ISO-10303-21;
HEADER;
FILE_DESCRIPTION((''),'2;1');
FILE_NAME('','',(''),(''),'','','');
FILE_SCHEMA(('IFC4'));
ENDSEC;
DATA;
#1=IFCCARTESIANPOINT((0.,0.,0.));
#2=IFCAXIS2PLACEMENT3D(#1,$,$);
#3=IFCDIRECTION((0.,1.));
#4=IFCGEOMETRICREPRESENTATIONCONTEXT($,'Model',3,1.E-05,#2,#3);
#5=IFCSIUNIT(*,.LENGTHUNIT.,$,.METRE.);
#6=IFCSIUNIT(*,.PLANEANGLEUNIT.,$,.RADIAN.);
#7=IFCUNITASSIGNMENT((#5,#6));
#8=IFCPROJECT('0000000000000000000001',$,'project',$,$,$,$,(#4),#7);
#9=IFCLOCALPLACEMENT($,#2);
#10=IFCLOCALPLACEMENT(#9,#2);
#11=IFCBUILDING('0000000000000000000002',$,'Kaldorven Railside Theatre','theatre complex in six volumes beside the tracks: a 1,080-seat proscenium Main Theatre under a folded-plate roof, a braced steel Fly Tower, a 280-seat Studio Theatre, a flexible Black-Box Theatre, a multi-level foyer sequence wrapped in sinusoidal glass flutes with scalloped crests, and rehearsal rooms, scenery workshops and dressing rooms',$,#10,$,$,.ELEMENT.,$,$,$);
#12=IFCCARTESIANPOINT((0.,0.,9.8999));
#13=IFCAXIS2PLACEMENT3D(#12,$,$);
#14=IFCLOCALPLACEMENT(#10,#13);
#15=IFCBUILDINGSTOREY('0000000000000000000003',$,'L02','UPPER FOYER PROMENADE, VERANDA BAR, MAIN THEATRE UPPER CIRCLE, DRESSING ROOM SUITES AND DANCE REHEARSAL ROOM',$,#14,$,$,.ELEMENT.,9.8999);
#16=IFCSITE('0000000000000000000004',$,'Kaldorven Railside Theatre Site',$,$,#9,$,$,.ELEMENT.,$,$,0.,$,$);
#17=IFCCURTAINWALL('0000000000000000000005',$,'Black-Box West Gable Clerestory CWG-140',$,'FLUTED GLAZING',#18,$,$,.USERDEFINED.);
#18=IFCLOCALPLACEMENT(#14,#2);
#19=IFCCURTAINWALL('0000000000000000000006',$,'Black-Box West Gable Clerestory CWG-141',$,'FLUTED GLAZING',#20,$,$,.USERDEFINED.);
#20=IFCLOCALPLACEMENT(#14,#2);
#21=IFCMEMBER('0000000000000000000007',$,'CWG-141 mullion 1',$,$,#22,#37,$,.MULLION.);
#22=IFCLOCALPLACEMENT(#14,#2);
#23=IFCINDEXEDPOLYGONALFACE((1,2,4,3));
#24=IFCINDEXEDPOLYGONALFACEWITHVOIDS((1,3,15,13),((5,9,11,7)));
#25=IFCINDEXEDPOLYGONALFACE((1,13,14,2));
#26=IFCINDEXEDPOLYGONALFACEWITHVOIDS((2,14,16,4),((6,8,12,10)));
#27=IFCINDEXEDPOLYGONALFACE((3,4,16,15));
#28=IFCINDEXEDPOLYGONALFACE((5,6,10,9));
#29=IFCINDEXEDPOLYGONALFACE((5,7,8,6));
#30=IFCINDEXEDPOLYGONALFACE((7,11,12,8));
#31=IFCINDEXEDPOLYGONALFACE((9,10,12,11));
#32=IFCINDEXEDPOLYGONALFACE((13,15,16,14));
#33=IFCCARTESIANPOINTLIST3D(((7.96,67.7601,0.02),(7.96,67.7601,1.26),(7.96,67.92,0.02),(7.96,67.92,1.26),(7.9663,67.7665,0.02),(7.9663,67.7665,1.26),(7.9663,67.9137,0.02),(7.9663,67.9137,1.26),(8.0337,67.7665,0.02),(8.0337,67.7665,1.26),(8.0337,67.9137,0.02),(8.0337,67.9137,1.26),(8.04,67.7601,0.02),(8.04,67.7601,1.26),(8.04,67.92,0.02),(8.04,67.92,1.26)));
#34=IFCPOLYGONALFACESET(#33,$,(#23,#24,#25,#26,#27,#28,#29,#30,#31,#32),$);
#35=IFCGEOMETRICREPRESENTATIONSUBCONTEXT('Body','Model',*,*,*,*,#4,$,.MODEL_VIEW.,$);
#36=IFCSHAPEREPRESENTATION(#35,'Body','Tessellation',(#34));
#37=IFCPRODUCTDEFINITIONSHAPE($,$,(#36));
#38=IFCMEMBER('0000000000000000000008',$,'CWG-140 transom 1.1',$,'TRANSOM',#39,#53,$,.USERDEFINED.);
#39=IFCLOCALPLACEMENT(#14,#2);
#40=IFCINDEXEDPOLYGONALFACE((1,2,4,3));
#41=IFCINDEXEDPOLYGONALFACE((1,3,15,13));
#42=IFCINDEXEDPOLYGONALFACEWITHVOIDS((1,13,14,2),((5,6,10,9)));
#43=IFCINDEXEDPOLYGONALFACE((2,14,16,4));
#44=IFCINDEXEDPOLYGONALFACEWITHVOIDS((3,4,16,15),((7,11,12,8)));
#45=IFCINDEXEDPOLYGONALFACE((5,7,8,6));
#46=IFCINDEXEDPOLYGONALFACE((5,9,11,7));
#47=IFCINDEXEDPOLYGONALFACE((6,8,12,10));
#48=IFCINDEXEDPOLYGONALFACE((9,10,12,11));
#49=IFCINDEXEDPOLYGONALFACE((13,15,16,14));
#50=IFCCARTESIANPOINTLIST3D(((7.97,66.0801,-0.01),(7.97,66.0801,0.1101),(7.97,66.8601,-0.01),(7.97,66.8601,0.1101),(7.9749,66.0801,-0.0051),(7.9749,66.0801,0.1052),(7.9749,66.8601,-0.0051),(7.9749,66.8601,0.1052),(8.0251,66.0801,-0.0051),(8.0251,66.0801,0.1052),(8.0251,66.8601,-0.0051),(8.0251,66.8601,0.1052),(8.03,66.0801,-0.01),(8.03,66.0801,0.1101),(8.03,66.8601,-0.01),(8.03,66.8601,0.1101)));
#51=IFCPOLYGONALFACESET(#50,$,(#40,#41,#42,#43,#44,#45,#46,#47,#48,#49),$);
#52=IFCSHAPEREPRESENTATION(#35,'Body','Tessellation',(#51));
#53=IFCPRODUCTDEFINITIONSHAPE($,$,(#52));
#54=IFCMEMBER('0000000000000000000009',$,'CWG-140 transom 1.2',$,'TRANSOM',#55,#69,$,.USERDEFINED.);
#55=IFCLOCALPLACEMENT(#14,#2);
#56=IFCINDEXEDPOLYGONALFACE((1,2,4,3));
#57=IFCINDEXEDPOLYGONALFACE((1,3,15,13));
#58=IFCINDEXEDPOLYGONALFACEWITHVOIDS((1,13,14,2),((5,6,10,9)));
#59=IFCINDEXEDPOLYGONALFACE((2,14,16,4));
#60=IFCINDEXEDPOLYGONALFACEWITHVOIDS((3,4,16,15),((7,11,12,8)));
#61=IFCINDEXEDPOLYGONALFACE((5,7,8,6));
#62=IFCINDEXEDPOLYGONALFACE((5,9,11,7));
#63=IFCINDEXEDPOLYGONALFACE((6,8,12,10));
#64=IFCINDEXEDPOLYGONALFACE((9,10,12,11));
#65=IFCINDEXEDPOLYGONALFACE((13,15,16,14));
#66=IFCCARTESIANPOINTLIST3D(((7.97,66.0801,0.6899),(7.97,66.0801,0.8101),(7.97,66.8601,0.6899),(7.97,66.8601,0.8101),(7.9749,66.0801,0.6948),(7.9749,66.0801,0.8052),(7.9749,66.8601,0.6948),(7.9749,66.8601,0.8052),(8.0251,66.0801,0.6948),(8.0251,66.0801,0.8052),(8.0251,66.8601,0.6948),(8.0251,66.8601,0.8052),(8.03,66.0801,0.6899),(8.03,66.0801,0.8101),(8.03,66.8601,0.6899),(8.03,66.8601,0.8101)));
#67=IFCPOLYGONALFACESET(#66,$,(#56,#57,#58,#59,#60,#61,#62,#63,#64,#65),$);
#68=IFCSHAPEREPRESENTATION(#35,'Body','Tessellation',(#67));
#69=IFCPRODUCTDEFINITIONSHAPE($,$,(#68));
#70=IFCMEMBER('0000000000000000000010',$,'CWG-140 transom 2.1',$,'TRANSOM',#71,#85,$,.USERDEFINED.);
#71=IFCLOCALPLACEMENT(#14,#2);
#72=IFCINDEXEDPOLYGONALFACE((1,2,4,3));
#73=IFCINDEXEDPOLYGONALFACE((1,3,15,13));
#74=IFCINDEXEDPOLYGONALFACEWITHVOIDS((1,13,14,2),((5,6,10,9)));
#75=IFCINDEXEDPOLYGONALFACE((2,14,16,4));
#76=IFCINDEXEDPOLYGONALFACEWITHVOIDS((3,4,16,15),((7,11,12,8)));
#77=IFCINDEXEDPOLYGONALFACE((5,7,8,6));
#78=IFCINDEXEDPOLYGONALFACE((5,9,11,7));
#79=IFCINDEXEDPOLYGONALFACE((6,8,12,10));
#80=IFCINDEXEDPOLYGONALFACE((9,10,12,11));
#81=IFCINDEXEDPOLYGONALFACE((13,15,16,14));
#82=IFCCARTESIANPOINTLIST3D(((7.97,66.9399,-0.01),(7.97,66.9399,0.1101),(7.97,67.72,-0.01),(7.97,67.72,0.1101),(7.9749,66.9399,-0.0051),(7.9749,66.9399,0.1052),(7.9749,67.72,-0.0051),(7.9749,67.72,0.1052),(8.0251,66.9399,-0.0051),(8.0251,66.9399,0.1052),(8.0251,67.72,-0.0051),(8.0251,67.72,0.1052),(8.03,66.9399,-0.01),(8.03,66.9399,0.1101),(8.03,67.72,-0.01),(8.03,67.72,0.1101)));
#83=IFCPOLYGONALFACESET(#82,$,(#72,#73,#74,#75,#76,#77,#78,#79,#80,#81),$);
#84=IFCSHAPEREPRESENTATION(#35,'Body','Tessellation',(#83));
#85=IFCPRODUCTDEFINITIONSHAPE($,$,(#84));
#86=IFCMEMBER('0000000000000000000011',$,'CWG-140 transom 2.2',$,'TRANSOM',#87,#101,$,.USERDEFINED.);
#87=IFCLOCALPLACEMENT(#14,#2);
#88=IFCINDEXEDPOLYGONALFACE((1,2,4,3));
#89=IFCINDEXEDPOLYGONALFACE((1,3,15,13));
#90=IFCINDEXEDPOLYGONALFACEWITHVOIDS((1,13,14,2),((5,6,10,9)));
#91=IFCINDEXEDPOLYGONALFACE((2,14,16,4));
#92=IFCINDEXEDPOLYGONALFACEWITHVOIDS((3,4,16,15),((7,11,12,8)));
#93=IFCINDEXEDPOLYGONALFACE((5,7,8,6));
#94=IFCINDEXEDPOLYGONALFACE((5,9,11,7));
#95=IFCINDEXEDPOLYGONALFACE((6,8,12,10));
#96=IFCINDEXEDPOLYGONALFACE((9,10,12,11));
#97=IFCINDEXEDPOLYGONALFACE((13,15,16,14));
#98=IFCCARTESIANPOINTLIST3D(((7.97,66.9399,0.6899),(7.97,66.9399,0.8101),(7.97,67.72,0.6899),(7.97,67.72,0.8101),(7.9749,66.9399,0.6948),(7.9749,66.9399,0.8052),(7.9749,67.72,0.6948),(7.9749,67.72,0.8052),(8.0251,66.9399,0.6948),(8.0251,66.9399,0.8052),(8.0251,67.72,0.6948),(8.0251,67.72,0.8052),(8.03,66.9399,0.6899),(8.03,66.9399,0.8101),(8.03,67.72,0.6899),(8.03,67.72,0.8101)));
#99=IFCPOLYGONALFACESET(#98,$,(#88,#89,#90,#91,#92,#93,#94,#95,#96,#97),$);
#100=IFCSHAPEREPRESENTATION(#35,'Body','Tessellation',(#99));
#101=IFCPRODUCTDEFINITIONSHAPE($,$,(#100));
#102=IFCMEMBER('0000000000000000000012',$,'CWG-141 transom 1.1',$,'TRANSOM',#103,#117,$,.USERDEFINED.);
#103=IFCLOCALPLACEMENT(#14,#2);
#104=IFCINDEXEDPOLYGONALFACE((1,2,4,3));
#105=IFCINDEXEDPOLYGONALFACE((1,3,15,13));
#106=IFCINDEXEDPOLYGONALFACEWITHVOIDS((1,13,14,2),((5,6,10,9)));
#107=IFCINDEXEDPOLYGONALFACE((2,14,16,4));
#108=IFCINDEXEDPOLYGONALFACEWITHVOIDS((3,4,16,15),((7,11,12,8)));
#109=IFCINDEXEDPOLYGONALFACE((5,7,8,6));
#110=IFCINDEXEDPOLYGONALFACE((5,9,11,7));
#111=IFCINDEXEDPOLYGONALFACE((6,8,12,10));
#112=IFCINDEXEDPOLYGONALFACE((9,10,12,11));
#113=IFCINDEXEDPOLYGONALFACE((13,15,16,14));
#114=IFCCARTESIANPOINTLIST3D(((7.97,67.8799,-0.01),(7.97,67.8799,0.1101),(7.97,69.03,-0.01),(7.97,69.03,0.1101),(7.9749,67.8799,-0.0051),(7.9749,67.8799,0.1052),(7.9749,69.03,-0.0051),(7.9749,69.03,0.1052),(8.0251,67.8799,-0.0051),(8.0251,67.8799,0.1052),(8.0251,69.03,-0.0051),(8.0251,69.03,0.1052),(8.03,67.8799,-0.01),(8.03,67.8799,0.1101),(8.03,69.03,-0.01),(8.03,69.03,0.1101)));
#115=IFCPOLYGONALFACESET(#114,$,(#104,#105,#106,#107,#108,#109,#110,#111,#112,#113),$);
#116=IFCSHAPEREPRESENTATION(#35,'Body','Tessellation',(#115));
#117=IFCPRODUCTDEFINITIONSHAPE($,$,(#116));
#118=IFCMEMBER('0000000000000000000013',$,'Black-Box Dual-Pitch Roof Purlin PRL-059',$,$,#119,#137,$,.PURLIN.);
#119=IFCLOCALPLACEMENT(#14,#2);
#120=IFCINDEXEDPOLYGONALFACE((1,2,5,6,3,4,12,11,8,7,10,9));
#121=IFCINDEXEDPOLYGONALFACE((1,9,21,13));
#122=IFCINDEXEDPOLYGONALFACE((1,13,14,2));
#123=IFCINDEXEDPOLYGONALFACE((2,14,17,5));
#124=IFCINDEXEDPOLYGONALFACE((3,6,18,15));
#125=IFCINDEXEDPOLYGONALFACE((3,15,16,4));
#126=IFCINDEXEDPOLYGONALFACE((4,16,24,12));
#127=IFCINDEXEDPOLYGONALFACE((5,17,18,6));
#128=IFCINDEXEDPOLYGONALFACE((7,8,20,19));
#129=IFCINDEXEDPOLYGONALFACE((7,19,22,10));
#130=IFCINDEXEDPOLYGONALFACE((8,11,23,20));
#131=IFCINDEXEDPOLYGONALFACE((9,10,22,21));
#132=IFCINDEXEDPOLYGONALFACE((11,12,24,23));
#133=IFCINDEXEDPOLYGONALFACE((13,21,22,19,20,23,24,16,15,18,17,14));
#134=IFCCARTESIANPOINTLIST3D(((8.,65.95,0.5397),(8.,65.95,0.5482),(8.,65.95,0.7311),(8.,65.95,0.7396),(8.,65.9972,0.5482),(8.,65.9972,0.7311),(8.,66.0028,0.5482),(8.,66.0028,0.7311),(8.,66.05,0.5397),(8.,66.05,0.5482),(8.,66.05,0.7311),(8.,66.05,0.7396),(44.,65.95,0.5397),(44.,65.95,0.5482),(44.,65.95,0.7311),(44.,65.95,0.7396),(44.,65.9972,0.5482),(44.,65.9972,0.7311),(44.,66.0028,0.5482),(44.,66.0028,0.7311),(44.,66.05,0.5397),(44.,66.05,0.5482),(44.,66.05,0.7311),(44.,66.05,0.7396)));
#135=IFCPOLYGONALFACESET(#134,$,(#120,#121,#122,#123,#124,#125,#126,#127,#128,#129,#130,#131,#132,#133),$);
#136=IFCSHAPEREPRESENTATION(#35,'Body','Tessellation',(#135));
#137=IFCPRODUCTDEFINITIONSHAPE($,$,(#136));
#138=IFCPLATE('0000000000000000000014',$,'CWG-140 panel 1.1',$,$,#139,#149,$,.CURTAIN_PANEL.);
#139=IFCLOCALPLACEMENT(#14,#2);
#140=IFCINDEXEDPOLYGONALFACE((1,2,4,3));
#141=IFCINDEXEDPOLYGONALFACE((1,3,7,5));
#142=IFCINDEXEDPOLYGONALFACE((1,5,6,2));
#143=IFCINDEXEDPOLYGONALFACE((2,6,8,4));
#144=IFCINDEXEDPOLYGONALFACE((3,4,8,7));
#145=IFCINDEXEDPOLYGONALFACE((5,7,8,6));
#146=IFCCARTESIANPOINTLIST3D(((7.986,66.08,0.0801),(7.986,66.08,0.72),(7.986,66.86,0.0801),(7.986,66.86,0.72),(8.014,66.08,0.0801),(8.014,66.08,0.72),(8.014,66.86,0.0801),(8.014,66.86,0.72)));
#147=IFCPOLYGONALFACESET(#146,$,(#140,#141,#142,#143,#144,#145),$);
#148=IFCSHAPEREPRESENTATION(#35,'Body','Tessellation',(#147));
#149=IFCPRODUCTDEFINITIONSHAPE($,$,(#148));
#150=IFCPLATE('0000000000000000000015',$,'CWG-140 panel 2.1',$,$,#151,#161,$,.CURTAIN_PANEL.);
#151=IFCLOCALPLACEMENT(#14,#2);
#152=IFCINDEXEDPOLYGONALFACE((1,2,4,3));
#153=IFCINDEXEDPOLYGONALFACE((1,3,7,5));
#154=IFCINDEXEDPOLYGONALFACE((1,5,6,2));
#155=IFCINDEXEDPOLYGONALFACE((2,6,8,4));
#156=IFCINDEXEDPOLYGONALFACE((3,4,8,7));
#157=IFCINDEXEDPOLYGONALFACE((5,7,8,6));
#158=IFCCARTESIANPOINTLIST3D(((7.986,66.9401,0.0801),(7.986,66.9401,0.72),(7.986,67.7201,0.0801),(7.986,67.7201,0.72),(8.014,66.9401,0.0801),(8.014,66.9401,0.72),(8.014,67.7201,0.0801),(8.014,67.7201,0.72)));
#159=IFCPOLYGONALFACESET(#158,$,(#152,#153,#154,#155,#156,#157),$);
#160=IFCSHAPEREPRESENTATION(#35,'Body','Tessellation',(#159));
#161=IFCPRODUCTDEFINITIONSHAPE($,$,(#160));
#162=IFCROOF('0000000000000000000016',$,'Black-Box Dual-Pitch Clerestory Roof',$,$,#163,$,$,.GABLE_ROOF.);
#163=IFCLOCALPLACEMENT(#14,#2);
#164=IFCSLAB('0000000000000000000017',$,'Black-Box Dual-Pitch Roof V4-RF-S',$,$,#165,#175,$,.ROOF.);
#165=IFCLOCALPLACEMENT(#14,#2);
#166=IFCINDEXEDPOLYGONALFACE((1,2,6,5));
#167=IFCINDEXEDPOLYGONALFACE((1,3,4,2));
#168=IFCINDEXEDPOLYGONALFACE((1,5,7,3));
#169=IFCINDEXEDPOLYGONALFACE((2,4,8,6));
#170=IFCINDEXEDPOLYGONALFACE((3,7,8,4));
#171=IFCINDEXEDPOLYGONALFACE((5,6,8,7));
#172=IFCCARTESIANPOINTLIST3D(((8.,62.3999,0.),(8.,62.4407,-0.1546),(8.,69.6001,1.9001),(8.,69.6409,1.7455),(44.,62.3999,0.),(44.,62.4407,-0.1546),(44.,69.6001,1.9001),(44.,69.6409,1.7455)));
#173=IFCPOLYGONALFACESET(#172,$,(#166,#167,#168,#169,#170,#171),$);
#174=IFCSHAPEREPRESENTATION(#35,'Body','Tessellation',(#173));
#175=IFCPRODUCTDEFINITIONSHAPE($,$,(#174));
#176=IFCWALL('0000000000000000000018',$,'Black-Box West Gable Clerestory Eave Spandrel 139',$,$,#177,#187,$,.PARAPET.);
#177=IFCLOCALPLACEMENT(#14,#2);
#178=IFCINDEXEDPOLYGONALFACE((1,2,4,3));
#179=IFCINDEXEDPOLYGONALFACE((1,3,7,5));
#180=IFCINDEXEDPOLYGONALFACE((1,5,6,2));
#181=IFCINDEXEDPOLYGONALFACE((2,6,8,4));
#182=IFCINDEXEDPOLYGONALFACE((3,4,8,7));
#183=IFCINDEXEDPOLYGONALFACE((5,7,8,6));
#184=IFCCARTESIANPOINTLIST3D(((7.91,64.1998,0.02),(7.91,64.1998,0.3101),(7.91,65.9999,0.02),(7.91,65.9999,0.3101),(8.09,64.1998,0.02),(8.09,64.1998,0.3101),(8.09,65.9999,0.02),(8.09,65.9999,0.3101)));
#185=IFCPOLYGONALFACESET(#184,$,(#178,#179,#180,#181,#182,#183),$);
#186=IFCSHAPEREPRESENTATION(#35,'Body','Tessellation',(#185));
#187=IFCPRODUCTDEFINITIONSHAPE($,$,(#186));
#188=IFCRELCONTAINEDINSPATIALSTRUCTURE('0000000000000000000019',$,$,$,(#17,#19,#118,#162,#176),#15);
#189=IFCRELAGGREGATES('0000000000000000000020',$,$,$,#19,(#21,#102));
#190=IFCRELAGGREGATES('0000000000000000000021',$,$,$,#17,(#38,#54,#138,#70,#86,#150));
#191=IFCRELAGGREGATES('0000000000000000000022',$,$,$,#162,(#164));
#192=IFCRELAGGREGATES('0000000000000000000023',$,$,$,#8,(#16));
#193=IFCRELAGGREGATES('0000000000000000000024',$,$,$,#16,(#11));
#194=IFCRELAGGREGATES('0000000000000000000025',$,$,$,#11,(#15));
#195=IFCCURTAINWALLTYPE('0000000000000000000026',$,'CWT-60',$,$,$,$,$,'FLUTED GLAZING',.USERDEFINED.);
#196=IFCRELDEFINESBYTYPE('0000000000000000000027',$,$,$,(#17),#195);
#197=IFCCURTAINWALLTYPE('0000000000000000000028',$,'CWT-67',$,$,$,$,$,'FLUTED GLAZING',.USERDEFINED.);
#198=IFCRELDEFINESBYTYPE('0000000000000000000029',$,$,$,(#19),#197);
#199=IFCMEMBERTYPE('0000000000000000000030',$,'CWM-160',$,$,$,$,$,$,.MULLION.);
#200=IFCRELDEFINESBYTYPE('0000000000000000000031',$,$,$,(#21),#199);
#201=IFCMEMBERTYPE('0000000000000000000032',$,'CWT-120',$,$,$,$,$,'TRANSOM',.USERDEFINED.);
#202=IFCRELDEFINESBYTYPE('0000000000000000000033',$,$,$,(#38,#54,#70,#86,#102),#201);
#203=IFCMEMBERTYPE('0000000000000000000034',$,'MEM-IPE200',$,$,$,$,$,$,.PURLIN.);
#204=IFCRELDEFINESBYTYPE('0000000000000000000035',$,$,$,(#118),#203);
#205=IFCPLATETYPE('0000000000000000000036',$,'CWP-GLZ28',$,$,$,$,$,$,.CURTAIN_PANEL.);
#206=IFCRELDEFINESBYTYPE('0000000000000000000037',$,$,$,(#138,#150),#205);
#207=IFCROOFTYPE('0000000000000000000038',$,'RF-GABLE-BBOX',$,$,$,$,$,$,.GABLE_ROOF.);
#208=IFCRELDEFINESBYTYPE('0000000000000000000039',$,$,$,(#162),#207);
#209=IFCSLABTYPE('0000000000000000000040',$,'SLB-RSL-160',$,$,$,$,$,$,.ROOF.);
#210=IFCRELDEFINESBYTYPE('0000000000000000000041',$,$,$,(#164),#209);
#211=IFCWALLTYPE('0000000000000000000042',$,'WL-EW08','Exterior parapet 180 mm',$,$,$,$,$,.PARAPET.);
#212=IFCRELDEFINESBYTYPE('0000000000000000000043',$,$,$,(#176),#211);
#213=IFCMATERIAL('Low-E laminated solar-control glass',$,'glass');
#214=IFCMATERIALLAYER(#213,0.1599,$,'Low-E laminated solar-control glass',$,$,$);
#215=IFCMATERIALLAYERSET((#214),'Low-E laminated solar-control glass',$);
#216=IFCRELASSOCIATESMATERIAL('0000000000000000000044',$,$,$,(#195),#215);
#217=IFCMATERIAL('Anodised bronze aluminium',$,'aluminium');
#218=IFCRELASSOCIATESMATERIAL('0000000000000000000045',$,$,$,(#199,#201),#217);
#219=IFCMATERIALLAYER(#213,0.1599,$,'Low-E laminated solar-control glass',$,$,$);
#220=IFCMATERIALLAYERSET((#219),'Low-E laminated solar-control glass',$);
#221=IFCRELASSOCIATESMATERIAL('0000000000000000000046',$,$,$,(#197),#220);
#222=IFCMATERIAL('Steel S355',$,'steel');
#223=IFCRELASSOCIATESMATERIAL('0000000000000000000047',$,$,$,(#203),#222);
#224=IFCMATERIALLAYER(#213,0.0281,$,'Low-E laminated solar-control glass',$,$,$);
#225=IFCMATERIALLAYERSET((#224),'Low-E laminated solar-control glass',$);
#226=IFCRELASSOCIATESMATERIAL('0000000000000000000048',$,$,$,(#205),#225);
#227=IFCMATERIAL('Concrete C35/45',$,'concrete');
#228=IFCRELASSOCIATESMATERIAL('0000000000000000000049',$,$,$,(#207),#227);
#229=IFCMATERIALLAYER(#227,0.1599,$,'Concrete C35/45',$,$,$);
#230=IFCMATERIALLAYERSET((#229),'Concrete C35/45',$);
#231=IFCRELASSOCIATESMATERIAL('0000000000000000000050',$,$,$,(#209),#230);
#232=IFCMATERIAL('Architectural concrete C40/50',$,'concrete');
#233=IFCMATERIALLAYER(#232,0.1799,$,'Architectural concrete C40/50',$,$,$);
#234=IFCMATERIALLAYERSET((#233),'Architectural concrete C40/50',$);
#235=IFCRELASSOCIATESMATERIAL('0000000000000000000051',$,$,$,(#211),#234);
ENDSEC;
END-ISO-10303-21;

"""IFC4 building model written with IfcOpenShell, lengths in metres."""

from ifc_helpers import new_model, si_unit, direction, frame, frame_2d, origin, origin_2d, place, context, subcontext, project, spatial, polyline, rectangle, hollow_rectangle, i_section, outline, extrude, material, layer, layer_set, material_profile, profile_set, type_object, element, aggregate, save


model = new_model("IFC4")

# Units and contexts
model_context = context("Model", 3, precision=1e-05, world=origin(), true_north=direction((0.0, 1.0)))
body_context = subcontext(model_context, "Body", "Model", "MODEL_VIEW")
ifc_project = project(units=[si_unit("LENGTHUNIT", "METRE"), si_unit("PLANEANGLEUNIT", "RADIAN")], contexts=[model_context])

# Site, building, storey
site_placement = place(None, origin())
site = spatial("IfcSite", under=ifc_project, at=site_placement, Name="Kaldorven Railside Theatre Site", CompositionType="ELEMENT", RefElevation=0.0)
building_placement = place(site_placement, origin())
building = spatial("IfcBuilding", under=site, at=building_placement, Name="Kaldorven Railside Theatre", Description="theatre complex in six volumes beside the tracks: a 1,080-seat proscenium Main Theatre under a folded-plate roof, a braced steel Fly Tower, a 280-seat Studio Theatre, a flexible Black-Box Theatre, a multi-level foyer sequence wrapped in sinusoidal glass flutes with scalloped crests, and rehearsal rooms, scenery workshops and dressing rooms", CompositionType="ELEMENT")
storey_placement = place(building_placement, frame((0.0, 0.0, 9.8999)))
storey = spatial("IfcBuildingStorey", under=building, at=storey_placement, Name="L02", Description="UPPER FOYER PROMENADE, VERANDA BAR, MAIN THEATRE UPPER CIRCLE, DRESSING ROOM SUITES AND DANCE REHEARSAL ROOM", CompositionType="ELEMENT", Elevation=9.8999)

# Shared definitions
ifc_material_1 = material(Name="Steel S355", Category="steel")

# Curtain wall
ifc_material_2 = material(Name="Low-E laminated solar-control glass", Category="glass")
ifc_layer_1 = layer(ifc_material_2, 0.1599, Name="Low-E laminated solar-control glass")
ifc_layer_set_1 = layer_set([ifc_layer_1], Name="Low-E laminated solar-control glass")
curtain_wall_type_1 = type_object("IfcCurtainWallType", Name="CWT-60", ElementType="FLUTED GLAZING", PredefinedType="USERDEFINED", material=ifc_layer_set_1)
curtain_wall_1_placement = place(storey_placement, origin())
curtain_wall_1 = element("IfcCurtainWall", 1, at=curtain_wall_1_placement, inside=storey, type_object=curtain_wall_type_1, Name="Black-Box West Gable Clerestory CWG-140", ObjectType="FLUTED GLAZING", PredefinedType="USERDEFINED")
ifc_material_3 = material(Name="Anodised bronze aluminium", Category="aluminium")
ifc_material_profile_1 = material_profile(ifc_material_3, hollow_rectangle(XDim=0.0801, YDim=0.1599, WallThickness=0.0063, at=origin_2d()), Name="RHS 160x80x6.3")
ifc_profile_set_1 = profile_set([ifc_material_profile_1], Name="Anodised bronze aluminium")
member_type_1 = type_object("IfcMemberType", Name="CWM-160", PredefinedType="MULLION", material=ifc_profile_set_1)

# Curtain wall, member
ifc_layer_2 = layer(ifc_material_2, 0.1599, Name="Low-E laminated solar-control glass")
ifc_layer_set_2 = layer_set([ifc_layer_2], Name="Low-E laminated solar-control glass")
curtain_wall_type_2 = type_object("IfcCurtainWallType", Name="CWT-67", ElementType="FLUTED GLAZING", PredefinedType="USERDEFINED", material=ifc_layer_set_2)
curtain_wall_2_placement = place(storey_placement, origin())
curtain_wall_2 = element("IfcCurtainWall", 2, at=curtain_wall_2_placement, inside=storey, type_object=curtain_wall_type_2, Name="Black-Box West Gable Clerestory CWG-141", ObjectType="FLUTED GLAZING", PredefinedType="USERDEFINED")
member_1_placement = place(storey_placement, frame((8.0, 67.8401, 0.02), z_axis=(0.0, 0.0, 1.0), x_axis=(-1.0, 0.0, 0.0)))
member_1 = element("IfcMember", 3, at=member_1_placement, type_object=member_type_1, Name="CWG-141 mullion 1", PredefinedType="MULLION", context=body_context, shape_type="SweptSolid", body=[
    extrude(hollow_rectangle(XDim=0.0801, YDim=0.1599, WallThickness=0.0063, at=origin_2d()), origin(), (0.0, 0.0, 1.0), 1.24),
])

# Members
ifc_material_profile_2 = material_profile(ifc_material_3, hollow_rectangle(XDim=0.0601, YDim=0.1201, WallThickness=0.0049, at=origin_2d()), Name="RHS 120x60x5")
ifc_profile_set_2 = profile_set([ifc_material_profile_2], Name="Anodised bronze aluminium")
member_type_2 = type_object("IfcMemberType", Name="CWT-120", ElementType="TRANSOM", PredefinedType="USERDEFINED", material=ifc_profile_set_2)
member_2_placement = place(storey_placement, frame((8.0, 66.0801, 0.05), z_axis=(0.0, 1.0, 0.0), x_axis=(-1.0, 0.0, 0.0)))
member_2 = element("IfcMember", 4, at=member_2_placement, type_object=member_type_2, Name="CWG-140 transom 1.1", ObjectType="TRANSOM", PredefinedType="USERDEFINED", context=body_context, shape_type="SweptSolid", body=[
    extrude(hollow_rectangle(XDim=0.0601, YDim=0.1201, WallThickness=0.0049, at=origin_2d()), origin(), (0.0, 0.0, 1.0), 0.78),
])
member_3_placement = place(storey_placement, frame((8.0, 66.0801, 0.75), z_axis=(0.0, 1.0, 0.0), x_axis=(-1.0, 0.0, 0.0)))
member_3 = element("IfcMember", 5, at=member_3_placement, type_object=member_type_2, Name="CWG-140 transom 1.2", ObjectType="TRANSOM", PredefinedType="USERDEFINED", context=body_context, shape_type="SweptSolid", body=[
    extrude(hollow_rectangle(XDim=0.0601, YDim=0.1201, WallThickness=0.0049, at=origin_2d()), origin(), (0.0, 0.0, 1.0), 0.78),
])
member_4_placement = place(storey_placement, frame((8.0, 66.9399, 0.05), z_axis=(0.0, 1.0, 0.0), x_axis=(-1.0, 0.0, 0.0)))
member_4 = element("IfcMember", 6, at=member_4_placement, type_object=member_type_2, Name="CWG-140 transom 2.1", ObjectType="TRANSOM", PredefinedType="USERDEFINED", context=body_context, shape_type="SweptSolid", body=[
    extrude(hollow_rectangle(XDim=0.0601, YDim=0.1201, WallThickness=0.0049, at=origin_2d()), origin(), (0.0, 0.0, 1.0), 0.78),
])
member_5_placement = place(storey_placement, frame((8.0, 66.9399, 0.75), z_axis=(0.0, 1.0, 0.0), x_axis=(-1.0, 0.0, 0.0)))
member_5 = element("IfcMember", 7, at=member_5_placement, type_object=member_type_2, Name="CWG-140 transom 2.2", ObjectType="TRANSOM", PredefinedType="USERDEFINED", context=body_context, shape_type="SweptSolid", body=[
    extrude(hollow_rectangle(XDim=0.0601, YDim=0.1201, WallThickness=0.0049, at=origin_2d()), origin(), (0.0, 0.0, 1.0), 0.78),
])
member_6_placement = place(storey_placement, frame((8.0, 67.8799, 0.05), z_axis=(0.0, 1.0, 0.0), x_axis=(-1.0, 0.0, 0.0)))
member_6 = element("IfcMember", 8, at=member_6_placement, type_object=member_type_2, Name="CWG-141 transom 1.1", ObjectType="TRANSOM", PredefinedType="USERDEFINED", context=body_context, shape_type="SweptSolid", body=[
    extrude(hollow_rectangle(XDim=0.0601, YDim=0.1201, WallThickness=0.0049, at=origin_2d()), origin(), (0.0, 0.0, 1.0), 1.1501),
])
aggregate(curtain_wall_2, [member_1, member_6])
ifc_material_profile_3 = material_profile(ifc_material_1, i_section(OverallWidth=0.1001, OverallDepth=0.2, WebThickness=0.0056, FlangeThickness=0.0085, at=origin_2d()), Name="IPE 200")
ifc_profile_set_3 = profile_set([ifc_material_profile_3], Name="Steel S355")
member_type_3 = type_object("IfcMemberType", Name="MEM-IPE200", PredefinedType="PURLIN", material=ifc_profile_set_3)
member_7_placement = place(storey_placement, frame((8.0, 66.0, 0.6396), z_axis=(1.0, 0.0, 0.0), x_axis=(0.0, 1.0, 0.0)))
element("IfcMember", 9, at=member_7_placement, inside=storey, type_object=member_type_3, Name="Black-Box Dual-Pitch Roof Purlin PRL-059", PredefinedType="PURLIN", context=body_context, shape_type="SweptSolid", body=[
    extrude(i_section(OverallWidth=0.1001, OverallDepth=0.2, WebThickness=0.0056, FlangeThickness=0.0085, at=origin_2d()), origin(), (0.0, 0.0, 1.0), 36.0),
])

# Plates
ifc_layer_3 = layer(ifc_material_2, 0.0281, Name="Low-E laminated solar-control glass")
ifc_layer_set_3 = layer_set([ifc_layer_3], Name="Low-E laminated solar-control glass")
plate_type = type_object("IfcPlateType", Name="CWP-GLZ28", PredefinedType="CURTAIN_PANEL", material=ifc_layer_set_3)
plate_1_placement = place(storey_placement, frame((8.0, 66.47, 0.0801), z_axis=(0.0, 0.0, 1.0), x_axis=(0.0, 1.0, 0.0)))
plate_1 = element("IfcPlate", 10, at=plate_1_placement, type_object=plate_type, Name="CWG-140 panel 1.1", PredefinedType="CURTAIN_PANEL", context=body_context, shape_type="SweptSolid", body=[
    extrude(rectangle(XDim=0.78, YDim=0.0281, at=origin_2d()), origin(), (0.0, 0.0, 1.0), 0.6399),
])
plate_2_placement = place(storey_placement, frame((8.0, 67.3301, 0.0801), z_axis=(0.0, 0.0, 1.0), x_axis=(0.0, 1.0, 0.0)))
plate_2 = element("IfcPlate", 11, at=plate_2_placement, type_object=plate_type, Name="CWG-140 panel 2.1", PredefinedType="CURTAIN_PANEL", context=body_context, shape_type="SweptSolid", body=[
    extrude(rectangle(XDim=0.78, YDim=0.0281, at=origin_2d()), origin(), (0.0, 0.0, 1.0), 0.6399),
])
aggregate(curtain_wall_1, [member_2, member_3, plate_1, member_4, member_5, plate_2])

# Roof, slab
ifc_material_4 = material(Name="Concrete C35/45", Category="concrete")
roof_type = type_object("IfcRoofType", Name="RF-GABLE-BBOX", PredefinedType="GABLE_ROOF", material=ifc_material_4)
roof_placement = place(storey_placement, origin())
roof = element("IfcRoof", 12, at=roof_placement, inside=storey, type_object=roof_type, Name="Black-Box Dual-Pitch Clerestory Roof", PredefinedType="GABLE_ROOF")
ifc_layer_4 = layer(ifc_material_4, 0.1599, Name="Concrete C35/45")
ifc_layer_set_4 = layer_set([ifc_layer_4], Name="Concrete C35/45")
slab_type = type_object("IfcSlabType", Name="SLB-RSL-160", PredefinedType="ROOF", material=ifc_layer_set_4)
slab_placement = place(storey_placement, frame((8.0, 62.3999, 0.0), z_axis=(0.0, -0.255166, 0.966897), x_axis=(1.0, 0.0, 0.0)))
slab = element("IfcSlab", 13, at=slab_placement, type_object=slab_type, Name="Black-Box Dual-Pitch Roof V4-RF-S", PredefinedType="ROOF", context=body_context, shape_type="SweptSolid", body=[
    extrude(outline(polyline([(0.0, 0.0), (36.0, 0.0), (36.0, 7.4467), (0.0, 7.4467), (0.0, 0.0)])), origin(), (0.0, 0.0, -1.0), 0.1599),
])
aggregate(roof, [slab])

# Wall
ifc_material_5 = material(Name="Architectural concrete C40/50", Category="concrete")
ifc_layer_5 = layer(ifc_material_5, 0.1799, Name="Architectural concrete C40/50")
ifc_layer_set_5 = layer_set([ifc_layer_5], Name="Architectural concrete C40/50")
wall_type_1 = type_object("IfcWallType", Name="WL-EW08", Description="Exterior parapet 180 mm", PredefinedType="PARAPET", material=ifc_layer_set_5)
wall_1_placement = place(storey_placement, frame((8.0, 64.2, 0.02), z_axis=(0.0, 0.0, 1.0), x_axis=(0.0, 1.0, 0.0)))
element("IfcWall", 14, at=wall_1_placement, inside=storey, type_object=wall_type_1, Name="Black-Box West Gable Clerestory Eave Spandrel 139", PredefinedType="PARAPET", context=body_context, shape_type="SweptSolid", body=[
    extrude(rectangle(XDim=1.8, YDim=0.1799, at=frame_2d((0.8999, 0.0))), origin(), (0.0, 0.0, 1.0), 0.29),
])

save(model, "model.ifc")
